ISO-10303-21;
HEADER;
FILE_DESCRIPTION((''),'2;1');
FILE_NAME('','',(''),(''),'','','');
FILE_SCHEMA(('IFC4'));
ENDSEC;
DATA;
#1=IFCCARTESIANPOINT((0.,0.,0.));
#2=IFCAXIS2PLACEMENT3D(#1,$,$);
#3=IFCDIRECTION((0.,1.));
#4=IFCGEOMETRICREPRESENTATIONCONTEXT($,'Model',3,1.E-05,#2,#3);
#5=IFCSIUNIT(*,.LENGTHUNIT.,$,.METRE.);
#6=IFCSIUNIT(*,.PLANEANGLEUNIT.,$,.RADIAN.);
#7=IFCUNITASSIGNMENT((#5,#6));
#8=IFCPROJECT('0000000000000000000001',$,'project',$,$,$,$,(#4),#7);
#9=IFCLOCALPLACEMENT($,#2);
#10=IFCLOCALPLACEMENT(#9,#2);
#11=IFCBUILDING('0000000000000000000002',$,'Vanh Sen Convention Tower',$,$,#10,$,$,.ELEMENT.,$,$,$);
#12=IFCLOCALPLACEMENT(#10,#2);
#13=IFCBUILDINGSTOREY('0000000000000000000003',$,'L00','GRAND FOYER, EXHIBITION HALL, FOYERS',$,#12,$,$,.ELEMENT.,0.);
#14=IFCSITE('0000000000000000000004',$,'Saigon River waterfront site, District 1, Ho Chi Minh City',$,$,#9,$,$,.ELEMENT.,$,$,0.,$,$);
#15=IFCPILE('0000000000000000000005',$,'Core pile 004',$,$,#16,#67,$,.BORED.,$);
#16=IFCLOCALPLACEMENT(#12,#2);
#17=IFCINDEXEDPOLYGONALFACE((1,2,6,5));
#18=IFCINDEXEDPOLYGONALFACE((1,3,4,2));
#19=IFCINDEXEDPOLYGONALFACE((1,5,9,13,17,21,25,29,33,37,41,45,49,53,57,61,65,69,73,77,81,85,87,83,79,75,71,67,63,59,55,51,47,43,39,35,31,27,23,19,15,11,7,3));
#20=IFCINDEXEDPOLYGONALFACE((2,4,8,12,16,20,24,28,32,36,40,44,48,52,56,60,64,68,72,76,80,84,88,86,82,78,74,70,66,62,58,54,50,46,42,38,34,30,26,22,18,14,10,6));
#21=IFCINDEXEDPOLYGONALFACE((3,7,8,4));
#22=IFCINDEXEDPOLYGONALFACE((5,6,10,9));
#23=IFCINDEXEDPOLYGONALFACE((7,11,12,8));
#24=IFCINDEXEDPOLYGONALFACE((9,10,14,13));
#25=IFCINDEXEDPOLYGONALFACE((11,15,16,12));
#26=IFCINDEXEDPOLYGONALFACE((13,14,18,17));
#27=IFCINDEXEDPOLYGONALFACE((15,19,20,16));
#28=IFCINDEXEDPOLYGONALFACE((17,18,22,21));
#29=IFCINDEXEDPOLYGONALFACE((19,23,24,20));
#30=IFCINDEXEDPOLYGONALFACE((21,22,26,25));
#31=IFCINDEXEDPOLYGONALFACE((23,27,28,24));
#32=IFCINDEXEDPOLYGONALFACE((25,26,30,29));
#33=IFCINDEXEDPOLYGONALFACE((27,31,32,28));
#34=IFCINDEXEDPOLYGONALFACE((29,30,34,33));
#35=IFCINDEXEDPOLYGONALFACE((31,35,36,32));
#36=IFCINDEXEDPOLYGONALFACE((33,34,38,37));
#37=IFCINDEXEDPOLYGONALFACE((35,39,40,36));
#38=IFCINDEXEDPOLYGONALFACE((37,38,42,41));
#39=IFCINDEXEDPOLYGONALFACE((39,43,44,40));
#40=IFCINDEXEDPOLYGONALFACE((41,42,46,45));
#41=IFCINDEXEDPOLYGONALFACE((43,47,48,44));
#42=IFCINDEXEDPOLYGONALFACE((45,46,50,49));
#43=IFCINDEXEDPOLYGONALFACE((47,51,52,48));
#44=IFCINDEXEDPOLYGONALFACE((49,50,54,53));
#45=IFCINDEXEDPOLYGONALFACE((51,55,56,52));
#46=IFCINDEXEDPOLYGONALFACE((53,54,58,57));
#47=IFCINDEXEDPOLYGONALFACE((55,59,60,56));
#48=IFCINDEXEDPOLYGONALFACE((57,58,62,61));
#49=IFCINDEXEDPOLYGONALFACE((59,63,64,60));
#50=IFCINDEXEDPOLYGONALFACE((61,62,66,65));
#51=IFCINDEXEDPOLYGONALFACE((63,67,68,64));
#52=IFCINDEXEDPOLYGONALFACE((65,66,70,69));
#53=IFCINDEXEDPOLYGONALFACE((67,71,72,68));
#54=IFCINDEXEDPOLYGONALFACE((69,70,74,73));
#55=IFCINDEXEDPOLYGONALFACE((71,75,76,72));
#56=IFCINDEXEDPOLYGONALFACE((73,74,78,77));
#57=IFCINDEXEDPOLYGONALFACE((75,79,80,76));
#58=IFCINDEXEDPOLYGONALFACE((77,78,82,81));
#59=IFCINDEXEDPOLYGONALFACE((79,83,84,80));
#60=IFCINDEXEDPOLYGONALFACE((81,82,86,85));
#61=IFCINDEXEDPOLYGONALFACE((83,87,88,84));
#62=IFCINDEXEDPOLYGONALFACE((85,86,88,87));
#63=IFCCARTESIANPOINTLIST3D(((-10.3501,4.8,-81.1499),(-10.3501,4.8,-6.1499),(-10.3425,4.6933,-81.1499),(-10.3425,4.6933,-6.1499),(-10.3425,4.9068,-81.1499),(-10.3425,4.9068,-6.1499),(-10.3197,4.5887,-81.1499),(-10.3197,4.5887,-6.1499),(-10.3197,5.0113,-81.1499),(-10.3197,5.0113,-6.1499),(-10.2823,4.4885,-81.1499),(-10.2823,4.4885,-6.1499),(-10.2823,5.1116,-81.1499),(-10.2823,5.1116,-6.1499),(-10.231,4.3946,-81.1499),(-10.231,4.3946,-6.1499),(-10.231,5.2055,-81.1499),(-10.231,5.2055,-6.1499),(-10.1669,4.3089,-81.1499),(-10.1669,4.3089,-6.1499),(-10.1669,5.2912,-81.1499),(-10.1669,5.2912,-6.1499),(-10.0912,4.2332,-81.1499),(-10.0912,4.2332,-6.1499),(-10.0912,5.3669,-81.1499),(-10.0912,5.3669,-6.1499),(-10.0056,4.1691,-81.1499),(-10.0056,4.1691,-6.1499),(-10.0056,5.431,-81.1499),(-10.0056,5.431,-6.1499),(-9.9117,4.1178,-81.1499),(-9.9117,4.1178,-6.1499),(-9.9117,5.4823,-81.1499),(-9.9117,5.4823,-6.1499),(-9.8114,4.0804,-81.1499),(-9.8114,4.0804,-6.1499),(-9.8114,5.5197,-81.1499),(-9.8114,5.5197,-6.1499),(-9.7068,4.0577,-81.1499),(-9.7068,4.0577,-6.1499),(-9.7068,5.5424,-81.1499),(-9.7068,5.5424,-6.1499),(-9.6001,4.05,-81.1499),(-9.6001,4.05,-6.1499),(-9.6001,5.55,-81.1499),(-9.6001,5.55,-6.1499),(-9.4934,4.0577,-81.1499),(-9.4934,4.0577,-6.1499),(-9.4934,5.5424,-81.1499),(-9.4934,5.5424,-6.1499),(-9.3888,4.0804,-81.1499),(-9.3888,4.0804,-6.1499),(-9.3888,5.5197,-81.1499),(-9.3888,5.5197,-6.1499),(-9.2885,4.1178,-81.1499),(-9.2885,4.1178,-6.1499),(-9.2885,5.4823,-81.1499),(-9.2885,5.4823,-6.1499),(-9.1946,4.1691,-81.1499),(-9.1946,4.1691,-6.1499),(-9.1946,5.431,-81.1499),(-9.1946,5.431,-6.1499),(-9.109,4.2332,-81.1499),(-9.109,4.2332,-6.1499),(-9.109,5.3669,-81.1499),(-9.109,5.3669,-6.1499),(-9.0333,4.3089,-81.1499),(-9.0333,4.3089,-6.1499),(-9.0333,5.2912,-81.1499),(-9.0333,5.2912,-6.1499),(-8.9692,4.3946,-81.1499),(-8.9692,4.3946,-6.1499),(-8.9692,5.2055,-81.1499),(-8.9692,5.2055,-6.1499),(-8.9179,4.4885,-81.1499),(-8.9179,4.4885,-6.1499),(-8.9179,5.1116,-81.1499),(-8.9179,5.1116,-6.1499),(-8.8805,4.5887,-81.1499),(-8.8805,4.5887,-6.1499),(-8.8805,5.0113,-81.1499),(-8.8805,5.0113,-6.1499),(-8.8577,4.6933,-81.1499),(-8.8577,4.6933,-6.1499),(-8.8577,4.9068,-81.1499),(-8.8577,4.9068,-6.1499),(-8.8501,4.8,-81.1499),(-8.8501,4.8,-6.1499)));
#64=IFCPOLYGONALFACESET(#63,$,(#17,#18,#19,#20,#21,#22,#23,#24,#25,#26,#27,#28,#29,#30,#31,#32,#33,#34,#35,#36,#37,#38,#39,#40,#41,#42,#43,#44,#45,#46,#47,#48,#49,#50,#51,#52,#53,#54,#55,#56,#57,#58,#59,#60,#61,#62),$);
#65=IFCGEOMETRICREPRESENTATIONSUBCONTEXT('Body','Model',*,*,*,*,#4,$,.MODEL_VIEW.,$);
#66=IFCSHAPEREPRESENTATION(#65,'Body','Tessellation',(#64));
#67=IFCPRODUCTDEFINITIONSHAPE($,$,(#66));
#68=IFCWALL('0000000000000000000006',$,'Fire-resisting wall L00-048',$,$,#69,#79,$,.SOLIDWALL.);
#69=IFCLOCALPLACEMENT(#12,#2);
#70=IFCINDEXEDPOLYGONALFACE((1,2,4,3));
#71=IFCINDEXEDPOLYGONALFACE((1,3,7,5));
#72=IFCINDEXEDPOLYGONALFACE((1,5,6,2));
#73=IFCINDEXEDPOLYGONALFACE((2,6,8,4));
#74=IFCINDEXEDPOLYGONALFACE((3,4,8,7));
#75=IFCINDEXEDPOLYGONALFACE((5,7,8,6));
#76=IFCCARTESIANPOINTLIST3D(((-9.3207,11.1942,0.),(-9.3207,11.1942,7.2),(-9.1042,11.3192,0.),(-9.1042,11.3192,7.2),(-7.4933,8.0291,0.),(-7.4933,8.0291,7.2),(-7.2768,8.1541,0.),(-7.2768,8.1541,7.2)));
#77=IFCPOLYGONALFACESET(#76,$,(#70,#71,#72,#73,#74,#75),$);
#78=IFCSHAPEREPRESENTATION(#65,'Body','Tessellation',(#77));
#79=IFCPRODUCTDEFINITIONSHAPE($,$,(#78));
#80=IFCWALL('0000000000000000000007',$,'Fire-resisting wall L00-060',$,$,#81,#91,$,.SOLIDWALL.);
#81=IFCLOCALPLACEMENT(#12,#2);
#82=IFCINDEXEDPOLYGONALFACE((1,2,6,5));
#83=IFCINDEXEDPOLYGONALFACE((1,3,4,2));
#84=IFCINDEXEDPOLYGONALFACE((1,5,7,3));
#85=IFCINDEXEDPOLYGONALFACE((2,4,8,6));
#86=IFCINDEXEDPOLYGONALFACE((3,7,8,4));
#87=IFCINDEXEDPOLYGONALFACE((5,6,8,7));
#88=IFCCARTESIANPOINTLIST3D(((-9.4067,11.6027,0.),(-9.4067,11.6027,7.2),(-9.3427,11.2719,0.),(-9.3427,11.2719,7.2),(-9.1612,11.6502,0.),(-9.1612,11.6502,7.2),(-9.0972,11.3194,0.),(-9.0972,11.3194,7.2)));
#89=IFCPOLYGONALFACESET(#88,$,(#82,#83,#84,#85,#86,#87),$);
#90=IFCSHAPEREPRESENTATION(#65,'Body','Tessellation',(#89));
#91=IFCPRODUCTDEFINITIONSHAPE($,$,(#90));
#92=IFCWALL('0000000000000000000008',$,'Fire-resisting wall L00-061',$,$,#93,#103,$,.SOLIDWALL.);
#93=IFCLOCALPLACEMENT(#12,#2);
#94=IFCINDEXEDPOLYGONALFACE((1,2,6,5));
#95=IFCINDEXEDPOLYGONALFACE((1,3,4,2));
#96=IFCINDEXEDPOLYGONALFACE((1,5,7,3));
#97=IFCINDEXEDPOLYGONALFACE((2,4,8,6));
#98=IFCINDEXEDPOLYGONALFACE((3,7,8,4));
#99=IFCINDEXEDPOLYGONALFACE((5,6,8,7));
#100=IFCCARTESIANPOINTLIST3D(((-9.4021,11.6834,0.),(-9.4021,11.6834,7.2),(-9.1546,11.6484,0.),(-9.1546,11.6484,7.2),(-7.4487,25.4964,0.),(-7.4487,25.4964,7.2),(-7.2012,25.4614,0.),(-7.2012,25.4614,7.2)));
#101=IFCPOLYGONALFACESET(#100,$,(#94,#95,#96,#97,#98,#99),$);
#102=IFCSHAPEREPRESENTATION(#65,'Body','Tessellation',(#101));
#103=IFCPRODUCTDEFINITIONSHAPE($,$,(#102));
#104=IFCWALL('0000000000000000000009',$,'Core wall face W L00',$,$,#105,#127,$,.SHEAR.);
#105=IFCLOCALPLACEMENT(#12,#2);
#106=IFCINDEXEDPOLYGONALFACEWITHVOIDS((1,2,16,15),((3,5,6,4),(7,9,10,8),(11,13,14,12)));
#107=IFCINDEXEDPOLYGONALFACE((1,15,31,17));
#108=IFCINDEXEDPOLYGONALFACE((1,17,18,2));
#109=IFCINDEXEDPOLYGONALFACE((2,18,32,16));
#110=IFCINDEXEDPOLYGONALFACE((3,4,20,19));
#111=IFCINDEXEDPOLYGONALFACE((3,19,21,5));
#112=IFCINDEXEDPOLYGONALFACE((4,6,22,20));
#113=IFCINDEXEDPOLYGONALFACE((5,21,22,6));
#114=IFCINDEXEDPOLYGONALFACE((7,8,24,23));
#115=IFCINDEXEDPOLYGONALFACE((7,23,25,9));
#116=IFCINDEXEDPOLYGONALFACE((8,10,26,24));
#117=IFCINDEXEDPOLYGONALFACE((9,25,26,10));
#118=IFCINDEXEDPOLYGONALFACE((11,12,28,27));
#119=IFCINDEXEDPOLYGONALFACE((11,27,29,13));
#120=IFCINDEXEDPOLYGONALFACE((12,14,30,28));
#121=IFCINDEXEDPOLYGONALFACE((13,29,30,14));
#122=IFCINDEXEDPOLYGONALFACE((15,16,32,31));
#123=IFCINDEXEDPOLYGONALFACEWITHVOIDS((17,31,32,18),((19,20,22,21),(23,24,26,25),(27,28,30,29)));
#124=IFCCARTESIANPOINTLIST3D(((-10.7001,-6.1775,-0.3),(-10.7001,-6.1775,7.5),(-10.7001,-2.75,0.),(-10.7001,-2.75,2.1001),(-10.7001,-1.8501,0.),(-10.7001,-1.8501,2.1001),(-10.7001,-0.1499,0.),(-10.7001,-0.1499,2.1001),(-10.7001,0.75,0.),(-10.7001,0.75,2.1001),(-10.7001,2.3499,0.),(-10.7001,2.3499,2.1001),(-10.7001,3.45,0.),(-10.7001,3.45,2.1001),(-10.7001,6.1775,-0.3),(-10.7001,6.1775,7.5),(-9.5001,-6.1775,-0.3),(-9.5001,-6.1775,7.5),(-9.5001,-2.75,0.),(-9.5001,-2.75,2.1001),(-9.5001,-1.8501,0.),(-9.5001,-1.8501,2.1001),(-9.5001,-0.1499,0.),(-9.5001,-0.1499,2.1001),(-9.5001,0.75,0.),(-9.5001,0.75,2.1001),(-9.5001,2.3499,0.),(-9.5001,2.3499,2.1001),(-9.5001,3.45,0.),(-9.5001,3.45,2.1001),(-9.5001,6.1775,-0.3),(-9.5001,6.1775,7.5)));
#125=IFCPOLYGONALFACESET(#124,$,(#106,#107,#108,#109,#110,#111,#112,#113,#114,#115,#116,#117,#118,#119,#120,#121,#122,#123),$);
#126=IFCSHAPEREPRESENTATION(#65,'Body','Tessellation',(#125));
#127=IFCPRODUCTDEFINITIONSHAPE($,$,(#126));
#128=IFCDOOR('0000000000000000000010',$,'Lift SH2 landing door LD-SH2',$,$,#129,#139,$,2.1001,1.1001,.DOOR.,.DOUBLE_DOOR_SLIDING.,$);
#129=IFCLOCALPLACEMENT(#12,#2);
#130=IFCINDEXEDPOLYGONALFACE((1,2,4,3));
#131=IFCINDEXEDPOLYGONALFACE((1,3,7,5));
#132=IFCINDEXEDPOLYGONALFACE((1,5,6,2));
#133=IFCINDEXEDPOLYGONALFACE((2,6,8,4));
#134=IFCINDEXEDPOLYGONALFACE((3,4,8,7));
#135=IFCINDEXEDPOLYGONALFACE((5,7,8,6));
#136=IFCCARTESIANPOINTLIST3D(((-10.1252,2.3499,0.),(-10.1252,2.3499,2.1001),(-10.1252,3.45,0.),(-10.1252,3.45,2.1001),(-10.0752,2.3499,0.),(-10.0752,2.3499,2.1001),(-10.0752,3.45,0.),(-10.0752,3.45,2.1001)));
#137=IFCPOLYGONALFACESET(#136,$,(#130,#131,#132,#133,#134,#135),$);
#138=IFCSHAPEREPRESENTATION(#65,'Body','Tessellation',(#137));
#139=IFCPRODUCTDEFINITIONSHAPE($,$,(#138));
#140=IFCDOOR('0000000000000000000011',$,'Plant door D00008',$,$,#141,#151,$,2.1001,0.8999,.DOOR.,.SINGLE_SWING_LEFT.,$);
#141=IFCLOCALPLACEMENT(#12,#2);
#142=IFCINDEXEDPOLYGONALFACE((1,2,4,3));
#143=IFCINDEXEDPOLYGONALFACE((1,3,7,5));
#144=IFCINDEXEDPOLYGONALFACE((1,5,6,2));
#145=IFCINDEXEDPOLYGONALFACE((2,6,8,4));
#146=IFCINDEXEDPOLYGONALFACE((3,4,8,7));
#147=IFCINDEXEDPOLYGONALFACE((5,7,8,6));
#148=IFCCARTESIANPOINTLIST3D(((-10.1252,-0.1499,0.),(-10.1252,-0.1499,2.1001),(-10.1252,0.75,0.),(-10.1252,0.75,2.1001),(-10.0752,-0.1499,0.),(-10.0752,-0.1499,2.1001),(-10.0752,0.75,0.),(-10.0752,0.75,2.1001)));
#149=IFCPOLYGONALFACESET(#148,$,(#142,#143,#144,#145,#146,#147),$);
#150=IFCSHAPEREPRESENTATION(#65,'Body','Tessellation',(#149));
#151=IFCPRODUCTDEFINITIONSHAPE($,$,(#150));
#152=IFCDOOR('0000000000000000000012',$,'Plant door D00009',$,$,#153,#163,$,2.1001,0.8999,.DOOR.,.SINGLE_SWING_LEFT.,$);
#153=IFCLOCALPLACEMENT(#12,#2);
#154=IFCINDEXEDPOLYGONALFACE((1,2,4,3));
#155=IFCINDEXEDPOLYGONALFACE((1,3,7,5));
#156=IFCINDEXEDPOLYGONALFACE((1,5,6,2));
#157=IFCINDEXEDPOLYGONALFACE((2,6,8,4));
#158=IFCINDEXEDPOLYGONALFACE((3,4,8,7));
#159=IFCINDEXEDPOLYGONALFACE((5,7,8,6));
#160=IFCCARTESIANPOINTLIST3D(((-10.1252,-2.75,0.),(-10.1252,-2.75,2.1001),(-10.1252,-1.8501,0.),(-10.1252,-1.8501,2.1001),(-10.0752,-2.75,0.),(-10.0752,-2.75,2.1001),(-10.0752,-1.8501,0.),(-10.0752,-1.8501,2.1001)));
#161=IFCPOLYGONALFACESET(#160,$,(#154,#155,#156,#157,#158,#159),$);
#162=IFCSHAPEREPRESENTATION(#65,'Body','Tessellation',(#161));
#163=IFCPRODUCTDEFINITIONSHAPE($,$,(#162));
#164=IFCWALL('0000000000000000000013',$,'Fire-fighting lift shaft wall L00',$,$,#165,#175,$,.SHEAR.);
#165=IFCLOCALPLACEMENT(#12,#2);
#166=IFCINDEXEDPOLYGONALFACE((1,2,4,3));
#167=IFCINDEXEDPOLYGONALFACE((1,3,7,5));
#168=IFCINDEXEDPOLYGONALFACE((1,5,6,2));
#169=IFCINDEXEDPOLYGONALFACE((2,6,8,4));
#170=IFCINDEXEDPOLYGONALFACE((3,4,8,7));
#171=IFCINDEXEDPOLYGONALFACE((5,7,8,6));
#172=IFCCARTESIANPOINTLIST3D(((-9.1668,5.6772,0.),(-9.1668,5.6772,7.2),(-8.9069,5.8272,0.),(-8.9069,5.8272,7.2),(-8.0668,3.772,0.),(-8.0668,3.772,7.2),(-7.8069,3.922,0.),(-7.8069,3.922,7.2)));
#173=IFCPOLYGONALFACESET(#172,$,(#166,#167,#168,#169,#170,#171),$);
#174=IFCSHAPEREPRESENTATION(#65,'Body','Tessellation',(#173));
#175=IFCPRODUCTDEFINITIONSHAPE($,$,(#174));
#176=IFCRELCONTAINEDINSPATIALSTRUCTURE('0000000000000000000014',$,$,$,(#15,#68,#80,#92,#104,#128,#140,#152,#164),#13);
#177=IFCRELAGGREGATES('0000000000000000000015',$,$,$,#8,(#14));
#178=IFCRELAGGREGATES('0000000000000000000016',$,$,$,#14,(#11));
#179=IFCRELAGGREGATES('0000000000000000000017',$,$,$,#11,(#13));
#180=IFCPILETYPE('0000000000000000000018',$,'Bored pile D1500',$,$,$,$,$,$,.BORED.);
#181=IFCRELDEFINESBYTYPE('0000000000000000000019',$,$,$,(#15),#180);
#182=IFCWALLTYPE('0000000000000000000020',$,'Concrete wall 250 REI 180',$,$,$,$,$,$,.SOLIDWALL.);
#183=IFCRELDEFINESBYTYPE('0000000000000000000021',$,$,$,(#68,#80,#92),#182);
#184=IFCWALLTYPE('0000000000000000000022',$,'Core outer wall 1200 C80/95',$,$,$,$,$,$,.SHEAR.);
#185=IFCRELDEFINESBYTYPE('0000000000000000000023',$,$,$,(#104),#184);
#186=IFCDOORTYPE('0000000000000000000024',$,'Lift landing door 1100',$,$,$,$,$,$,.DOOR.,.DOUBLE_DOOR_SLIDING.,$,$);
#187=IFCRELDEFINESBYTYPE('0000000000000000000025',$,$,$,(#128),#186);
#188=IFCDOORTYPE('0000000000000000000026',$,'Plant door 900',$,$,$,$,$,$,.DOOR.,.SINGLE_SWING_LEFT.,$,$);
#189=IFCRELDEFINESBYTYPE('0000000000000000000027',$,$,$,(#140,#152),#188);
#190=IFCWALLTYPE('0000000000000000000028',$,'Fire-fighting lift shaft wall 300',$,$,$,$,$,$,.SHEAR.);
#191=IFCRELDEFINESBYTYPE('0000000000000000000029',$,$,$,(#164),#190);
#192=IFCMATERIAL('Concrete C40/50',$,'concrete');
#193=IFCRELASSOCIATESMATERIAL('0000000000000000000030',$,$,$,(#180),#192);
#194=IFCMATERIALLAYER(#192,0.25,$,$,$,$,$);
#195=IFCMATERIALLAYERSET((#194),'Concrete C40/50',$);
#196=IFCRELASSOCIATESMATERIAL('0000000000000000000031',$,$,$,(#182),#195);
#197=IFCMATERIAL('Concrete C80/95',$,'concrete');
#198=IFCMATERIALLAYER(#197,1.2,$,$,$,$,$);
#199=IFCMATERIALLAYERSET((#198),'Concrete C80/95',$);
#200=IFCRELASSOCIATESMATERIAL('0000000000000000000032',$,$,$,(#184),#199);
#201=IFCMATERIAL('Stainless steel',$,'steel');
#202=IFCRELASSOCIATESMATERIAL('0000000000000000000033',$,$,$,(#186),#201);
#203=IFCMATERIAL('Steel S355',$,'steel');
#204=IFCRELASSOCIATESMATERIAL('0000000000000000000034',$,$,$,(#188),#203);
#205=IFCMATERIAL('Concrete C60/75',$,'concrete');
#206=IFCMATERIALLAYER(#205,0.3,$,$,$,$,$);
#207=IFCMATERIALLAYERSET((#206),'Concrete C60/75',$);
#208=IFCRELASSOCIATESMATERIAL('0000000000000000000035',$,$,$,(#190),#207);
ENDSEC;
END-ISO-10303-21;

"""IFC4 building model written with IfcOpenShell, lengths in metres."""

from ifc_helpers import new_model, si_unit, direction, frame, frame_2d, origin, origin_2d, place, context, subcontext, project, spatial, rectangle, circle, extrude, material, layer, layer_set, material_profile, profile_set, type_object, element, fill, save


model = new_model("IFC4")

# Units and contexts
model_context = context("Model", 3, precision=1e-05, world=origin(), true_north=direction((0.0, 1.0)))
body_context = subcontext(model_context, "Body", "Model", "MODEL_VIEW")
ifc_project = project(units=[si_unit("LENGTHUNIT", "METRE"), si_unit("PLANEANGLEUNIT", "RADIAN")], contexts=[model_context])

# Site, building, storey
site_placement = place(None, origin())
site = spatial("IfcSite", under=ifc_project, at=site_placement, Name="Saigon River waterfront site, District 1, Ho Chi Minh City", CompositionType="ELEMENT", RefElevation=0.0)
building_placement = place(site_placement, origin())
building = spatial("IfcBuilding", under=site, at=building_placement, Name="Vanh Sen Convention Tower", CompositionType="ELEMENT")
storey_placement = place(building_placement, origin())
storey = spatial("IfcBuildingStorey", under=building, at=storey_placement, Name="L00", Description="GRAND FOYER, EXHIBITION HALL, FOYERS", CompositionType="ELEMENT", Elevation=0.0)

# Pile
ifc_material_1 = material(Name="Concrete C40/50", Category="concrete")
ifc_material_profile_1 = material_profile(ifc_material_1, circle(Radius=0.75, at=origin_2d()), Name="Bored pile D1500")
ifc_profile_set_1 = profile_set([ifc_material_profile_1], Name="Concrete C40/50")
pile_type_1 = type_object("IfcPileType", Name="Bored pile D1500", PredefinedType="BORED", material=ifc_profile_set_1)
pile_placement = place(storey_placement, frame((-9.6001, 4.8, -6.1499), z_axis=(0.0, 0.0, -1.0), x_axis=(1.0, 0.0, 0.0)))
element("IfcPile", 1, at=pile_placement, inside=storey, type_object=pile_type_1, Name="Core pile 004", PredefinedType="BORED", context=body_context, shape_type="SweptSolid", body=[
    extrude(circle(Radius=0.75, at=origin_2d()), origin(), (0.0, 0.0, 1.0), 75.0),
])

# Walls
ifc_layer_1 = layer(ifc_material_1, 0.25)
ifc_layer_set_1 = layer_set([ifc_layer_1], Name="Concrete C40/50")
wall_type_1 = type_object("IfcWallType", Name="Concrete wall 250 REI 180", PredefinedType="SOLIDWALL", material=ifc_layer_set_1)
wall_1_placement = place(storey_placement, frame((-7.385, 8.0916, 0.0), z_axis=(0.0, 0.0, 1.0), x_axis=(-0.500012, 0.866019, 0.0)))
element("IfcWall", 2, at=wall_1_placement, inside=storey, type_object=wall_type_1, Name="Fire-resisting wall L00-048", PredefinedType="SOLIDWALL", context=body_context, shape_type="SweptSolid", body=[
    extrude(rectangle(XDim=3.6548, YDim=0.25, at=frame_2d((1.8274, 0.0))), origin(), (0.0, 0.0, 1.0), 7.2),
])
wall_2_placement = place(storey_placement, frame((-9.22, 11.2957, 0.0), z_axis=(0.0, 0.0, 1.0), x_axis=(-0.189842, 0.981815, 0.0)))
element("IfcWall", 3, at=wall_2_placement, inside=storey, type_object=wall_type_1, Name="Fire-resisting wall L00-060", PredefinedType="SOLIDWALL", context=body_context, shape_type="SweptSolid", body=[
    extrude(rectangle(XDim=0.3369, YDim=0.25, at=frame_2d((0.1685, 0.0))), origin(), (0.0, 0.0, 1.0), 7.2),
])
wall_3_placement = place(storey_placement, frame((-9.2783, 11.666, 0.0), z_axis=(0.0, 0.0, 1.0), x_axis=(0.140022, 0.990148, 0.0)))
element("IfcWall", 4, at=wall_3_placement, inside=storey, type_object=wall_type_1, Name="Fire-resisting wall L00-061", PredefinedType="SOLIDWALL", context=body_context, shape_type="SweptSolid", body=[
    extrude(rectangle(XDim=13.9504, YDim=0.25, at=frame_2d((6.9751, 0.0))), origin(), (0.0, 0.0, 1.0), 7.2),
])

# Wall, openings, doors
ifc_material_2 = material(Name="Concrete C80/95", Category="concrete")
ifc_layer_2 = layer(ifc_material_2, 1.2)
ifc_layer_set_2 = layer_set([ifc_layer_2], Name="Concrete C80/95")
wall_type_2 = type_object("IfcWallType", Name="Core outer wall 1200 C80/95", PredefinedType="SHEAR", material=ifc_layer_set_2)
wall_4_placement = place(storey_placement, frame((-10.1001, 6.1775, -0.3), z_axis=(0.0, 0.0, 1.0), x_axis=(0.0, -1.0, 0.0)))
wall_4 = element("IfcWall", 5, at=wall_4_placement, inside=storey, type_object=wall_type_2, Name="Core wall face W L00", PredefinedType="SHEAR", context=body_context, shape_type="SweptSolid", body=[
    extrude(rectangle(XDim=12.355, YDim=1.2, at=frame_2d((6.1775, 0.0))), origin(), (0.0, 0.0, 1.0), 7.8),
])
opening_1_placement = place(wall_4_placement, frame((5.4275, 0.0, 0.3)))
opening_1 = element("IfcOpeningElement", 6, at=opening_1_placement, cuts=wall_4, PredefinedType="OPENING", context=body_context, shape_type="SweptSolid", body=[
    extrude(rectangle(XDim=0.8999, YDim=2.1001, at=frame_2d((0.45, 1.05))), frame((0.0, 0.6099, 0.0), z_axis=(0.0, -1.0, 0.0), x_axis=(1.0, 0.0, 0.0)), (0.0, 0.0, 1.0), 1.22),
])
opening_2_placement = place(wall_4_placement, frame((8.0276, 0.0, 0.3)))
opening_2 = element("IfcOpeningElement", 7, at=opening_2_placement, cuts=wall_4, PredefinedType="OPENING", context=body_context, shape_type="SweptSolid", body=[
    extrude(rectangle(XDim=0.8999, YDim=2.1001, at=frame_2d((0.45, 1.05))), frame((0.0, 0.6099, 0.0), z_axis=(0.0, -1.0, 0.0), x_axis=(1.0, 0.0, 0.0)), (0.0, 0.0, 1.0), 1.22),
])
opening_3_placement = place(wall_4_placement, frame((2.7275, 0.0, 0.3)))
opening_3 = element("IfcOpeningElement", 8, at=opening_3_placement, cuts=wall_4, PredefinedType="OPENING", context=body_context, shape_type="SweptSolid", body=[
    extrude(rectangle(XDim=1.1001, YDim=2.1001, at=frame_2d((0.55, 1.05))), frame((0.0, 0.6099, 0.0), z_axis=(0.0, -1.0, 0.0), x_axis=(1.0, 0.0, 0.0)), (0.0, 0.0, 1.0), 1.22),
])
ifc_material_3 = material(Name="Stainless steel", Category="steel")
door_type_1 = type_object("IfcDoorType", Name="Lift landing door 1100", OperationType="DOUBLE_DOOR_SLIDING", PredefinedType="DOOR", material=ifc_material_3)
door_1_placement = place(opening_3_placement, origin())
door_1 = element("IfcDoor", 9, at=door_1_placement, inside=storey, type_object=door_type_1, Name="Lift SH2 landing door LD-SH2", OperationType="DOUBLE_DOOR_SLIDING", OverallHeight=2.1001, OverallWidth=1.1001, PredefinedType="DOOR", context=body_context, shape_type="SweptSolid", body=[
    extrude(rectangle(XDim=1.1001, YDim=2.1001, at=frame_2d((0.55, 1.05))), frame((0.0, 0.0249, 0.0), z_axis=(0.0, -1.0, 0.0), x_axis=(1.0, 0.0, 0.0)), (0.0, 0.0, 1.0), 0.05),
])
fill(opening_3, door_1)
ifc_material_4 = material(Name="Steel S355", Category="steel")
door_type_2 = type_object("IfcDoorType", Name="Plant door 900", OperationType="SINGLE_SWING_LEFT", PredefinedType="DOOR", material=ifc_material_4)
door_2_placement = place(opening_1_placement, origin())
door_2 = element("IfcDoor", 10, at=door_2_placement, inside=storey, type_object=door_type_2, Name="Plant door D00008", OperationType="SINGLE_SWING_LEFT", OverallHeight=2.1001, OverallWidth=0.8999, PredefinedType="DOOR", context=body_context, shape_type="SweptSolid", body=[
    extrude(rectangle(XDim=0.8999, YDim=2.1001, at=frame_2d((0.45, 1.05))), frame((0.0, 0.0249, 0.0), z_axis=(0.0, -1.0, 0.0), x_axis=(1.0, 0.0, 0.0)), (0.0, 0.0, 1.0), 0.05),
])
fill(opening_1, door_2)
door_3_placement = place(opening_2_placement, origin())
door_3 = element("IfcDoor", 11, at=door_3_placement, inside=storey, type_object=door_type_2, Name="Plant door D00009", OperationType="SINGLE_SWING_LEFT", OverallHeight=2.1001, OverallWidth=0.8999, PredefinedType="DOOR", context=body_context, shape_type="SweptSolid", body=[
    extrude(rectangle(XDim=0.8999, YDim=2.1001, at=frame_2d((0.45, 1.05))), frame((0.0, 0.0249, 0.0), z_axis=(0.0, -1.0, 0.0), x_axis=(1.0, 0.0, 0.0)), (0.0, 0.0, 1.0), 0.05),
])
fill(opening_2, door_3)

# Wall
ifc_material_5 = material(Name="Concrete C60/75", Category="concrete")
ifc_layer_3 = layer(ifc_material_5, 0.3)
ifc_layer_set_3 = layer_set([ifc_layer_3], Name="Concrete C60/75")
wall_type_3 = type_object("IfcWallType", Name="Fire-fighting lift shaft wall 300", PredefinedType="SHEAR", material=ifc_layer_set_3)
wall_5_placement = place(storey_placement, frame((-7.9368, 3.8469, 0.0), z_axis=(0.0, 0.0, 1.0), x_axis=(-0.50003, 0.866008, 0.0)))
element("IfcWall", 12, at=wall_5_placement, inside=storey, type_object=wall_type_3, Name="Fire-fighting lift shaft wall L00", PredefinedType="SHEAR", context=body_context, shape_type="SweptSolid", body=[
    extrude(rectangle(XDim=2.2, YDim=0.3, at=frame_2d((1.1001, 0.0))), origin(), (0.0, 0.0, 1.0), 7.2),
])

save(model, "model.ifc")
